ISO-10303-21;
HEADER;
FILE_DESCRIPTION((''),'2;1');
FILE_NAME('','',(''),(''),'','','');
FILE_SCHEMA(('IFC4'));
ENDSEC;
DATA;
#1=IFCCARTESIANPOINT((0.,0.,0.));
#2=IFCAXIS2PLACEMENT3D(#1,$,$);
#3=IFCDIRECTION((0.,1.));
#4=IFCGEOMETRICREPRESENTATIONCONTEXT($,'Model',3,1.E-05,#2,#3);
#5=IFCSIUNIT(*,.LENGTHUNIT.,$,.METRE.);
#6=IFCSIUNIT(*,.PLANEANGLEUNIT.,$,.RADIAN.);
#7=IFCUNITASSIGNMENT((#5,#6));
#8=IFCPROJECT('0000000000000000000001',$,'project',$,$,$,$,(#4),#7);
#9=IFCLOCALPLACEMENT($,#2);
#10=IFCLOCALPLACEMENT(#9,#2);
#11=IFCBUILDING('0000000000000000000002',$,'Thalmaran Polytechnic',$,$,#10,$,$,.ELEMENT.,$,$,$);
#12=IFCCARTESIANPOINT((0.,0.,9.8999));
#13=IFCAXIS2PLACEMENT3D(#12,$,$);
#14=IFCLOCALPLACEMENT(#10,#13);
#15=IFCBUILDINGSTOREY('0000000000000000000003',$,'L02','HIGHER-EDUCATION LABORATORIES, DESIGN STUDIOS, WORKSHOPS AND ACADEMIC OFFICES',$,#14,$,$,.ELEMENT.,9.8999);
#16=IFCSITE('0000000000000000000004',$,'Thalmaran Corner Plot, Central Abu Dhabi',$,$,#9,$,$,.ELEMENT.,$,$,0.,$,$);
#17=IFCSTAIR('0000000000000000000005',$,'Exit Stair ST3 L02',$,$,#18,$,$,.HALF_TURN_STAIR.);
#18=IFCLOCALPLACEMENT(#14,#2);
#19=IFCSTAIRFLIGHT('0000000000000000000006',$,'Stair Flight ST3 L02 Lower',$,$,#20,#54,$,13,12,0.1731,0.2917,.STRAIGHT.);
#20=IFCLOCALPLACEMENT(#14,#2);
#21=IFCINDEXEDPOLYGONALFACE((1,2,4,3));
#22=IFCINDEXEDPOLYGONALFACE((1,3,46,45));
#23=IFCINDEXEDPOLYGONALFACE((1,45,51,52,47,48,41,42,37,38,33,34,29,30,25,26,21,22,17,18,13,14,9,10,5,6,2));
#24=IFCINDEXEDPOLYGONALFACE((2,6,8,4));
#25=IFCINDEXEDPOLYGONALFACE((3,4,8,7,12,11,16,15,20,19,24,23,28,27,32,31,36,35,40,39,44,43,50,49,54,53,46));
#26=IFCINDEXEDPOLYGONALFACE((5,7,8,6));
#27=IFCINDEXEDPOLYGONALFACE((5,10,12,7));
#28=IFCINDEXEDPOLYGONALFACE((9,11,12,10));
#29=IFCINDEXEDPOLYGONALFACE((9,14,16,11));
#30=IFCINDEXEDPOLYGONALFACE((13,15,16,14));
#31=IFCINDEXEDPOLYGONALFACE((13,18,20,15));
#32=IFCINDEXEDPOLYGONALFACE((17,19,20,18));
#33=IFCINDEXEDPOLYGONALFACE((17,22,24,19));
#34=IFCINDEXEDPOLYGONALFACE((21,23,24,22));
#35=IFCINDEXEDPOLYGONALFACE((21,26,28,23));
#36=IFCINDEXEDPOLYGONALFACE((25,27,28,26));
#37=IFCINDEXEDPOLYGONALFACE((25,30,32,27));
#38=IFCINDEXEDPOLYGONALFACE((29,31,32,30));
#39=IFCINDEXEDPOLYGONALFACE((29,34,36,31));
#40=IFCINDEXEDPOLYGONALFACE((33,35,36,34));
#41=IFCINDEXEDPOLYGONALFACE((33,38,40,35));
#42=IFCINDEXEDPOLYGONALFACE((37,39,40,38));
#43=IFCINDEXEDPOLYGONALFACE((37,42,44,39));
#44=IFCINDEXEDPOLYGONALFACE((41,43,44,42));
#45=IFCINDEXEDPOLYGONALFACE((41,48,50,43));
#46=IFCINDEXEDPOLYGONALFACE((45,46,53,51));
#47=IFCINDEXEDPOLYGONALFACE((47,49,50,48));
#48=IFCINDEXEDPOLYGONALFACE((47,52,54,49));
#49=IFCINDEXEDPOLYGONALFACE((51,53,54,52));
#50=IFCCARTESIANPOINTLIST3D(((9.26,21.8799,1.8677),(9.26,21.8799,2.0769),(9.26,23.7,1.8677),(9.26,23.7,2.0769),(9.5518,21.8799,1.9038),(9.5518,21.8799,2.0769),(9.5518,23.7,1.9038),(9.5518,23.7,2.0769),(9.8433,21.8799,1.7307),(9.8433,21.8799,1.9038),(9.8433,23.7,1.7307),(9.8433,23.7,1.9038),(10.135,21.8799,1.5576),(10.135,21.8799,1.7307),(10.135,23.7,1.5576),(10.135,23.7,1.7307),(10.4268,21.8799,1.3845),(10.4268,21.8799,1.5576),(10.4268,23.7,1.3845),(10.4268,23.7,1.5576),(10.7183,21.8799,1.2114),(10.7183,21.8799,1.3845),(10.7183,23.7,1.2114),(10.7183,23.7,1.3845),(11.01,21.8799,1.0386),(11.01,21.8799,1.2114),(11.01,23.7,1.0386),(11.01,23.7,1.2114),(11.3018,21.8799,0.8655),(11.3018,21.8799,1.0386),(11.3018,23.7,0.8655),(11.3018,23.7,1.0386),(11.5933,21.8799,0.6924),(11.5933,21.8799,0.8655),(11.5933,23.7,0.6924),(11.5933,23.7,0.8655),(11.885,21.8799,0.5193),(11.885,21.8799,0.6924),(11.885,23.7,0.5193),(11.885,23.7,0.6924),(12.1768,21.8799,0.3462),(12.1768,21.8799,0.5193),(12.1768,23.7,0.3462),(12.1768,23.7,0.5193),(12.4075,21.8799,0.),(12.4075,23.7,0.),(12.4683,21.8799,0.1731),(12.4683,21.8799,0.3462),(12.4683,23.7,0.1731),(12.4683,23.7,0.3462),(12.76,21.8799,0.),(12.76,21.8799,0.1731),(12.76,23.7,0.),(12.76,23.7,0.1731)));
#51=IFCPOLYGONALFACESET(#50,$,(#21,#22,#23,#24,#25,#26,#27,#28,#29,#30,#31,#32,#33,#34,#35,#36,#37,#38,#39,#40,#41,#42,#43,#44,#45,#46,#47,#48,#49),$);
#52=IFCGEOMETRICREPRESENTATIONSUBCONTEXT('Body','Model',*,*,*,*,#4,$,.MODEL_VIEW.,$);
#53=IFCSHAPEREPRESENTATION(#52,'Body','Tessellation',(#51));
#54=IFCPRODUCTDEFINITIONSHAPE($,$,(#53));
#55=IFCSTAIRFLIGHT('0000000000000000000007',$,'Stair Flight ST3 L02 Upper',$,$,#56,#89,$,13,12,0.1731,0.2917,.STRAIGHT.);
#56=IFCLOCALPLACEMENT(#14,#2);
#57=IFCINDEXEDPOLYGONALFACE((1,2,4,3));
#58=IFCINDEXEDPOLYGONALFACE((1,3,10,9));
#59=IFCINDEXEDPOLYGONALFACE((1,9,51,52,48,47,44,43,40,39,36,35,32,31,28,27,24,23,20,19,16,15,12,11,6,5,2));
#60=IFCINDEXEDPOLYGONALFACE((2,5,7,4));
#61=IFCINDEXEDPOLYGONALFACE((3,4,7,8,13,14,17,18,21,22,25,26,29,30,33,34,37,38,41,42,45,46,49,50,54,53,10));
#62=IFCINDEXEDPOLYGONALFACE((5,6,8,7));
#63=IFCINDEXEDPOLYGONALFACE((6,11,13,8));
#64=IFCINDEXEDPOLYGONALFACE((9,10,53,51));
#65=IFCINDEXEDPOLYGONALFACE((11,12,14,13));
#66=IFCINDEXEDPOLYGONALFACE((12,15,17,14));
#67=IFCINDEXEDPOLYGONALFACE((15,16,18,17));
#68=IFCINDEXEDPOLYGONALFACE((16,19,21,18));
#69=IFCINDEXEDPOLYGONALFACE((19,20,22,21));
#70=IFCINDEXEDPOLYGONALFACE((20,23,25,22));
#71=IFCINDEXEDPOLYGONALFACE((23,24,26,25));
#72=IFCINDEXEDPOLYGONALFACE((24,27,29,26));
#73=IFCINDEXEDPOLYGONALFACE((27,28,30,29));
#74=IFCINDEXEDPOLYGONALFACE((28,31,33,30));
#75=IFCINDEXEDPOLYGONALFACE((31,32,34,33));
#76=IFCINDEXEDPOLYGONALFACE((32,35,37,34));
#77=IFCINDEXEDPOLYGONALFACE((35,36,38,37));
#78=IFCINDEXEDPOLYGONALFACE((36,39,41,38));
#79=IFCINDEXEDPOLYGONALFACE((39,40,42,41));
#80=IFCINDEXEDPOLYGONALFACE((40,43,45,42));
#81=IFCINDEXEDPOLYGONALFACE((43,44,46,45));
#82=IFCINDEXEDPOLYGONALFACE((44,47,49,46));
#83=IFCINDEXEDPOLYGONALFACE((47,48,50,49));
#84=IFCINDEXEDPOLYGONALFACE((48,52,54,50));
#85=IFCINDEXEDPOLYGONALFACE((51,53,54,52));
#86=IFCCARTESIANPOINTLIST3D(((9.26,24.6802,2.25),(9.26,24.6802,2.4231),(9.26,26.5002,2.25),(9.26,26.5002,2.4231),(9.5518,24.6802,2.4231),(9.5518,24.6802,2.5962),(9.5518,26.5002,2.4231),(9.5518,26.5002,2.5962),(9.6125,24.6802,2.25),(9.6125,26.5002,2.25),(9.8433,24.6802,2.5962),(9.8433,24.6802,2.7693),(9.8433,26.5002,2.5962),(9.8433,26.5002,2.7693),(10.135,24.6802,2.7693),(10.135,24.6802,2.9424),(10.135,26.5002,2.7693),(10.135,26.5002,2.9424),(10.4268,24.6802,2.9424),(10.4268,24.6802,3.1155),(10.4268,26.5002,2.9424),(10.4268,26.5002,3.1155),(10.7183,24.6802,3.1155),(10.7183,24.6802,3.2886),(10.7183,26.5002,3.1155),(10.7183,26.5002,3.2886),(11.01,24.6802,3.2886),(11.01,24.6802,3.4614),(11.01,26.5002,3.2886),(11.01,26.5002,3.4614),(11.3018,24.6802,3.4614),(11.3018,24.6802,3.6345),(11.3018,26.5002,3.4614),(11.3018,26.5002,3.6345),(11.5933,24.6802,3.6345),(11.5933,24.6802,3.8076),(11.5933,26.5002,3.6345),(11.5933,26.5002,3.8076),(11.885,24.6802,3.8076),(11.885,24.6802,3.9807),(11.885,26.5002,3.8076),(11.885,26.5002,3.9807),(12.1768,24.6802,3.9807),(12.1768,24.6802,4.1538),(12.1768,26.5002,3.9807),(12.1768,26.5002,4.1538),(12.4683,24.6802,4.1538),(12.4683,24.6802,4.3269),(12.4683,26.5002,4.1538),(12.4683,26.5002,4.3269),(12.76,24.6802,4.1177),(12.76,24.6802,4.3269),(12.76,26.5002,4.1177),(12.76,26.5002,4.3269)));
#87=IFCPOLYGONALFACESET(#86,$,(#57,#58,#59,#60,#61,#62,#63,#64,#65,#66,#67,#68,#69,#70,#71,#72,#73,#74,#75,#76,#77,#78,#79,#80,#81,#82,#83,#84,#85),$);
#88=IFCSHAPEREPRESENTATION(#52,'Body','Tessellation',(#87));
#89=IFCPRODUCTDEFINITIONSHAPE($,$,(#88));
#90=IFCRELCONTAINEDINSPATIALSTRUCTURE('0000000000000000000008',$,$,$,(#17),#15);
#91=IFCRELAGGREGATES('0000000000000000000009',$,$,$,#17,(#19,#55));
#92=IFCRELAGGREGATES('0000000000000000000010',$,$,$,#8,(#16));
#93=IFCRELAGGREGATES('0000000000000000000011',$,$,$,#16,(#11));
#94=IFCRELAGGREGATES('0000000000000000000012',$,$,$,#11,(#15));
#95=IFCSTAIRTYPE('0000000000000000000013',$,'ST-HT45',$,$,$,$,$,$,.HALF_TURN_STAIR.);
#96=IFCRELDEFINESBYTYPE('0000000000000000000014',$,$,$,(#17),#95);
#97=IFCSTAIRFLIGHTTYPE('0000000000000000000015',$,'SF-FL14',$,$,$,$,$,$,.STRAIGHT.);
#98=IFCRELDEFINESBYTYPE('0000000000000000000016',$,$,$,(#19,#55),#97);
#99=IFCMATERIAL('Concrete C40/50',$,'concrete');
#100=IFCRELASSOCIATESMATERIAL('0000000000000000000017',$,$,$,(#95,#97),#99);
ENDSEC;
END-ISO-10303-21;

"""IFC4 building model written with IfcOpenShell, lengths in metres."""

from ifc_helpers import new_model, si_unit, direction, frame, origin, place, context, subcontext, project, spatial, polyline, outline, extrude, material, type_object, element, aggregate, save


model = new_model("IFC4")

# Units and contexts
model_context = context("Model", 3, precision=1e-05, world=origin(), true_north=direction((0.0, 1.0)))
body_context = subcontext(model_context, "Body", "Model", "MODEL_VIEW")
ifc_project = project(units=[si_unit("LENGTHUNIT", "METRE"), si_unit("PLANEANGLEUNIT", "RADIAN")], contexts=[model_context])

# Site, building, storey
site_placement = place(None, origin())
site = spatial("IfcSite", under=ifc_project, at=site_placement, Name="Thalmaran Corner Plot, Central Abu Dhabi", CompositionType="ELEMENT", RefElevation=0.0)
building_placement = place(site_placement, origin())
building = spatial("IfcBuilding", under=site, at=building_placement, Name="Thalmaran Polytechnic", CompositionType="ELEMENT")
storey_placement = place(building_placement, frame((0.0, 0.0, 9.8999)))
storey = spatial("IfcBuildingStorey", under=building, at=storey_placement, Name="L02", Description="HIGHER-EDUCATION LABORATORIES, DESIGN STUDIOS, WORKSHOPS AND ACADEMIC OFFICES", CompositionType="ELEMENT", Elevation=9.8999)

# Shared definitions
ifc_material_1 = material(Name="Concrete C40/50", Category="concrete")

# Stair, stair flights
stair_type = type_object("IfcStairType", Name="ST-HT45", PredefinedType="HALF_TURN_STAIR", material=ifc_material_1)
stair_placement = place(storey_placement, origin())
stair = element("IfcStair", 1, at=stair_placement, inside=storey, type_object=stair_type, Name="Exit Stair ST3 L02", PredefinedType="HALF_TURN_STAIR")
stair_flight_type = type_object("IfcStairFlightType", Name="SF-FL14", PredefinedType="STRAIGHT", material=ifc_material_1)
stair_flight_1_placement = place(storey_placement, frame((12.76, 22.79, 0.0), z_axis=(0.0, 0.0, 1.0), x_axis=(-1.0, 0.0, 0.0)))
stair_flight_1 = element("IfcStairFlight", 2, at=stair_flight_1_placement, type_object=stair_flight_type, Name="Stair Flight ST3 L02 Lower", NumberOfRisers=13, NumberOfTreads=12, PredefinedType="STRAIGHT", RiserHeight=0.1731, TreadLength=0.2917, context=body_context, shape_type="SweptSolid", body=[
    extrude(outline(polyline([(0.0, 0.0), (0.0, 0.1731), (0.2917, 0.1731), (0.2917, 0.3462), (0.5833, 0.3462), (0.5833, 0.5193), (0.875, 0.5193), (0.875, 0.6924), (1.1667, 0.6924), (1.1667, 0.8655), (1.4583, 0.8655), (1.4583, 1.0386), (1.75, 1.0386), (1.75, 1.2114), (2.0417, 1.2114), (2.0417, 1.3845), (2.3333, 1.3845), (2.3333, 1.5576), (2.625, 1.5576), (2.625, 1.7307), (2.9167, 1.7307), (2.9167, 1.9038), (3.2083, 1.9038), (3.2083, 2.0769), (3.5, 2.0769), (3.5, 2.25), (3.5, 1.8677), (0.3525, 0.0), (0.0, 0.0)])), frame((0.0, 0.9102, 0.0), z_axis=(0.0, -1.0, 0.0), x_axis=(1.0, 0.0, 0.0)), (0.0, 0.0, 1.0), 1.8201),
])
stair_flight_2_placement = place(storey_placement, frame((9.26, 25.5901, 2.25), z_axis=(0.0, 0.0, 1.0), x_axis=(1.0, 0.0, 0.0)))
stair_flight_2 = element("IfcStairFlight", 3, at=stair_flight_2_placement, type_object=stair_flight_type, Name="Stair Flight ST3 L02 Upper", NumberOfRisers=13, NumberOfTreads=12, PredefinedType="STRAIGHT", RiserHeight=0.1731, TreadLength=0.2917, context=body_context, shape_type="SweptSolid", body=[
    extrude(outline(polyline([(0.0, 0.0), (0.0, 0.1731), (0.2917, 0.1731), (0.2917, 0.3462), (0.5833, 0.3462), (0.5833, 0.5193), (0.875, 0.5193), (0.875, 0.6924), (1.1667, 0.6924), (1.1667, 0.8655), (1.4583, 0.8655), (1.4583, 1.0386), (1.75, 1.0386), (1.75, 1.2114), (2.0417, 1.2114), (2.0417, 1.3845), (2.3333, 1.3845), (2.3333, 1.5576), (2.625, 1.5576), (2.625, 1.7307), (2.9167, 1.7307), (2.9167, 1.9038), (3.2083, 1.9038), (3.2083, 2.0769), (3.5, 2.0769), (3.5, 2.25), (3.5, 1.8677), (0.3525, 0.0), (0.0, 0.0)])), frame((0.0, 0.9102, 0.0), z_axis=(0.0, -1.0, 0.0), x_axis=(1.0, 0.0, 0.0)), (0.0, 0.0, 1.0), 1.8201),
])
aggregate(stair, [stair_flight_1, stair_flight_2])

save(model, "model.ifc")
